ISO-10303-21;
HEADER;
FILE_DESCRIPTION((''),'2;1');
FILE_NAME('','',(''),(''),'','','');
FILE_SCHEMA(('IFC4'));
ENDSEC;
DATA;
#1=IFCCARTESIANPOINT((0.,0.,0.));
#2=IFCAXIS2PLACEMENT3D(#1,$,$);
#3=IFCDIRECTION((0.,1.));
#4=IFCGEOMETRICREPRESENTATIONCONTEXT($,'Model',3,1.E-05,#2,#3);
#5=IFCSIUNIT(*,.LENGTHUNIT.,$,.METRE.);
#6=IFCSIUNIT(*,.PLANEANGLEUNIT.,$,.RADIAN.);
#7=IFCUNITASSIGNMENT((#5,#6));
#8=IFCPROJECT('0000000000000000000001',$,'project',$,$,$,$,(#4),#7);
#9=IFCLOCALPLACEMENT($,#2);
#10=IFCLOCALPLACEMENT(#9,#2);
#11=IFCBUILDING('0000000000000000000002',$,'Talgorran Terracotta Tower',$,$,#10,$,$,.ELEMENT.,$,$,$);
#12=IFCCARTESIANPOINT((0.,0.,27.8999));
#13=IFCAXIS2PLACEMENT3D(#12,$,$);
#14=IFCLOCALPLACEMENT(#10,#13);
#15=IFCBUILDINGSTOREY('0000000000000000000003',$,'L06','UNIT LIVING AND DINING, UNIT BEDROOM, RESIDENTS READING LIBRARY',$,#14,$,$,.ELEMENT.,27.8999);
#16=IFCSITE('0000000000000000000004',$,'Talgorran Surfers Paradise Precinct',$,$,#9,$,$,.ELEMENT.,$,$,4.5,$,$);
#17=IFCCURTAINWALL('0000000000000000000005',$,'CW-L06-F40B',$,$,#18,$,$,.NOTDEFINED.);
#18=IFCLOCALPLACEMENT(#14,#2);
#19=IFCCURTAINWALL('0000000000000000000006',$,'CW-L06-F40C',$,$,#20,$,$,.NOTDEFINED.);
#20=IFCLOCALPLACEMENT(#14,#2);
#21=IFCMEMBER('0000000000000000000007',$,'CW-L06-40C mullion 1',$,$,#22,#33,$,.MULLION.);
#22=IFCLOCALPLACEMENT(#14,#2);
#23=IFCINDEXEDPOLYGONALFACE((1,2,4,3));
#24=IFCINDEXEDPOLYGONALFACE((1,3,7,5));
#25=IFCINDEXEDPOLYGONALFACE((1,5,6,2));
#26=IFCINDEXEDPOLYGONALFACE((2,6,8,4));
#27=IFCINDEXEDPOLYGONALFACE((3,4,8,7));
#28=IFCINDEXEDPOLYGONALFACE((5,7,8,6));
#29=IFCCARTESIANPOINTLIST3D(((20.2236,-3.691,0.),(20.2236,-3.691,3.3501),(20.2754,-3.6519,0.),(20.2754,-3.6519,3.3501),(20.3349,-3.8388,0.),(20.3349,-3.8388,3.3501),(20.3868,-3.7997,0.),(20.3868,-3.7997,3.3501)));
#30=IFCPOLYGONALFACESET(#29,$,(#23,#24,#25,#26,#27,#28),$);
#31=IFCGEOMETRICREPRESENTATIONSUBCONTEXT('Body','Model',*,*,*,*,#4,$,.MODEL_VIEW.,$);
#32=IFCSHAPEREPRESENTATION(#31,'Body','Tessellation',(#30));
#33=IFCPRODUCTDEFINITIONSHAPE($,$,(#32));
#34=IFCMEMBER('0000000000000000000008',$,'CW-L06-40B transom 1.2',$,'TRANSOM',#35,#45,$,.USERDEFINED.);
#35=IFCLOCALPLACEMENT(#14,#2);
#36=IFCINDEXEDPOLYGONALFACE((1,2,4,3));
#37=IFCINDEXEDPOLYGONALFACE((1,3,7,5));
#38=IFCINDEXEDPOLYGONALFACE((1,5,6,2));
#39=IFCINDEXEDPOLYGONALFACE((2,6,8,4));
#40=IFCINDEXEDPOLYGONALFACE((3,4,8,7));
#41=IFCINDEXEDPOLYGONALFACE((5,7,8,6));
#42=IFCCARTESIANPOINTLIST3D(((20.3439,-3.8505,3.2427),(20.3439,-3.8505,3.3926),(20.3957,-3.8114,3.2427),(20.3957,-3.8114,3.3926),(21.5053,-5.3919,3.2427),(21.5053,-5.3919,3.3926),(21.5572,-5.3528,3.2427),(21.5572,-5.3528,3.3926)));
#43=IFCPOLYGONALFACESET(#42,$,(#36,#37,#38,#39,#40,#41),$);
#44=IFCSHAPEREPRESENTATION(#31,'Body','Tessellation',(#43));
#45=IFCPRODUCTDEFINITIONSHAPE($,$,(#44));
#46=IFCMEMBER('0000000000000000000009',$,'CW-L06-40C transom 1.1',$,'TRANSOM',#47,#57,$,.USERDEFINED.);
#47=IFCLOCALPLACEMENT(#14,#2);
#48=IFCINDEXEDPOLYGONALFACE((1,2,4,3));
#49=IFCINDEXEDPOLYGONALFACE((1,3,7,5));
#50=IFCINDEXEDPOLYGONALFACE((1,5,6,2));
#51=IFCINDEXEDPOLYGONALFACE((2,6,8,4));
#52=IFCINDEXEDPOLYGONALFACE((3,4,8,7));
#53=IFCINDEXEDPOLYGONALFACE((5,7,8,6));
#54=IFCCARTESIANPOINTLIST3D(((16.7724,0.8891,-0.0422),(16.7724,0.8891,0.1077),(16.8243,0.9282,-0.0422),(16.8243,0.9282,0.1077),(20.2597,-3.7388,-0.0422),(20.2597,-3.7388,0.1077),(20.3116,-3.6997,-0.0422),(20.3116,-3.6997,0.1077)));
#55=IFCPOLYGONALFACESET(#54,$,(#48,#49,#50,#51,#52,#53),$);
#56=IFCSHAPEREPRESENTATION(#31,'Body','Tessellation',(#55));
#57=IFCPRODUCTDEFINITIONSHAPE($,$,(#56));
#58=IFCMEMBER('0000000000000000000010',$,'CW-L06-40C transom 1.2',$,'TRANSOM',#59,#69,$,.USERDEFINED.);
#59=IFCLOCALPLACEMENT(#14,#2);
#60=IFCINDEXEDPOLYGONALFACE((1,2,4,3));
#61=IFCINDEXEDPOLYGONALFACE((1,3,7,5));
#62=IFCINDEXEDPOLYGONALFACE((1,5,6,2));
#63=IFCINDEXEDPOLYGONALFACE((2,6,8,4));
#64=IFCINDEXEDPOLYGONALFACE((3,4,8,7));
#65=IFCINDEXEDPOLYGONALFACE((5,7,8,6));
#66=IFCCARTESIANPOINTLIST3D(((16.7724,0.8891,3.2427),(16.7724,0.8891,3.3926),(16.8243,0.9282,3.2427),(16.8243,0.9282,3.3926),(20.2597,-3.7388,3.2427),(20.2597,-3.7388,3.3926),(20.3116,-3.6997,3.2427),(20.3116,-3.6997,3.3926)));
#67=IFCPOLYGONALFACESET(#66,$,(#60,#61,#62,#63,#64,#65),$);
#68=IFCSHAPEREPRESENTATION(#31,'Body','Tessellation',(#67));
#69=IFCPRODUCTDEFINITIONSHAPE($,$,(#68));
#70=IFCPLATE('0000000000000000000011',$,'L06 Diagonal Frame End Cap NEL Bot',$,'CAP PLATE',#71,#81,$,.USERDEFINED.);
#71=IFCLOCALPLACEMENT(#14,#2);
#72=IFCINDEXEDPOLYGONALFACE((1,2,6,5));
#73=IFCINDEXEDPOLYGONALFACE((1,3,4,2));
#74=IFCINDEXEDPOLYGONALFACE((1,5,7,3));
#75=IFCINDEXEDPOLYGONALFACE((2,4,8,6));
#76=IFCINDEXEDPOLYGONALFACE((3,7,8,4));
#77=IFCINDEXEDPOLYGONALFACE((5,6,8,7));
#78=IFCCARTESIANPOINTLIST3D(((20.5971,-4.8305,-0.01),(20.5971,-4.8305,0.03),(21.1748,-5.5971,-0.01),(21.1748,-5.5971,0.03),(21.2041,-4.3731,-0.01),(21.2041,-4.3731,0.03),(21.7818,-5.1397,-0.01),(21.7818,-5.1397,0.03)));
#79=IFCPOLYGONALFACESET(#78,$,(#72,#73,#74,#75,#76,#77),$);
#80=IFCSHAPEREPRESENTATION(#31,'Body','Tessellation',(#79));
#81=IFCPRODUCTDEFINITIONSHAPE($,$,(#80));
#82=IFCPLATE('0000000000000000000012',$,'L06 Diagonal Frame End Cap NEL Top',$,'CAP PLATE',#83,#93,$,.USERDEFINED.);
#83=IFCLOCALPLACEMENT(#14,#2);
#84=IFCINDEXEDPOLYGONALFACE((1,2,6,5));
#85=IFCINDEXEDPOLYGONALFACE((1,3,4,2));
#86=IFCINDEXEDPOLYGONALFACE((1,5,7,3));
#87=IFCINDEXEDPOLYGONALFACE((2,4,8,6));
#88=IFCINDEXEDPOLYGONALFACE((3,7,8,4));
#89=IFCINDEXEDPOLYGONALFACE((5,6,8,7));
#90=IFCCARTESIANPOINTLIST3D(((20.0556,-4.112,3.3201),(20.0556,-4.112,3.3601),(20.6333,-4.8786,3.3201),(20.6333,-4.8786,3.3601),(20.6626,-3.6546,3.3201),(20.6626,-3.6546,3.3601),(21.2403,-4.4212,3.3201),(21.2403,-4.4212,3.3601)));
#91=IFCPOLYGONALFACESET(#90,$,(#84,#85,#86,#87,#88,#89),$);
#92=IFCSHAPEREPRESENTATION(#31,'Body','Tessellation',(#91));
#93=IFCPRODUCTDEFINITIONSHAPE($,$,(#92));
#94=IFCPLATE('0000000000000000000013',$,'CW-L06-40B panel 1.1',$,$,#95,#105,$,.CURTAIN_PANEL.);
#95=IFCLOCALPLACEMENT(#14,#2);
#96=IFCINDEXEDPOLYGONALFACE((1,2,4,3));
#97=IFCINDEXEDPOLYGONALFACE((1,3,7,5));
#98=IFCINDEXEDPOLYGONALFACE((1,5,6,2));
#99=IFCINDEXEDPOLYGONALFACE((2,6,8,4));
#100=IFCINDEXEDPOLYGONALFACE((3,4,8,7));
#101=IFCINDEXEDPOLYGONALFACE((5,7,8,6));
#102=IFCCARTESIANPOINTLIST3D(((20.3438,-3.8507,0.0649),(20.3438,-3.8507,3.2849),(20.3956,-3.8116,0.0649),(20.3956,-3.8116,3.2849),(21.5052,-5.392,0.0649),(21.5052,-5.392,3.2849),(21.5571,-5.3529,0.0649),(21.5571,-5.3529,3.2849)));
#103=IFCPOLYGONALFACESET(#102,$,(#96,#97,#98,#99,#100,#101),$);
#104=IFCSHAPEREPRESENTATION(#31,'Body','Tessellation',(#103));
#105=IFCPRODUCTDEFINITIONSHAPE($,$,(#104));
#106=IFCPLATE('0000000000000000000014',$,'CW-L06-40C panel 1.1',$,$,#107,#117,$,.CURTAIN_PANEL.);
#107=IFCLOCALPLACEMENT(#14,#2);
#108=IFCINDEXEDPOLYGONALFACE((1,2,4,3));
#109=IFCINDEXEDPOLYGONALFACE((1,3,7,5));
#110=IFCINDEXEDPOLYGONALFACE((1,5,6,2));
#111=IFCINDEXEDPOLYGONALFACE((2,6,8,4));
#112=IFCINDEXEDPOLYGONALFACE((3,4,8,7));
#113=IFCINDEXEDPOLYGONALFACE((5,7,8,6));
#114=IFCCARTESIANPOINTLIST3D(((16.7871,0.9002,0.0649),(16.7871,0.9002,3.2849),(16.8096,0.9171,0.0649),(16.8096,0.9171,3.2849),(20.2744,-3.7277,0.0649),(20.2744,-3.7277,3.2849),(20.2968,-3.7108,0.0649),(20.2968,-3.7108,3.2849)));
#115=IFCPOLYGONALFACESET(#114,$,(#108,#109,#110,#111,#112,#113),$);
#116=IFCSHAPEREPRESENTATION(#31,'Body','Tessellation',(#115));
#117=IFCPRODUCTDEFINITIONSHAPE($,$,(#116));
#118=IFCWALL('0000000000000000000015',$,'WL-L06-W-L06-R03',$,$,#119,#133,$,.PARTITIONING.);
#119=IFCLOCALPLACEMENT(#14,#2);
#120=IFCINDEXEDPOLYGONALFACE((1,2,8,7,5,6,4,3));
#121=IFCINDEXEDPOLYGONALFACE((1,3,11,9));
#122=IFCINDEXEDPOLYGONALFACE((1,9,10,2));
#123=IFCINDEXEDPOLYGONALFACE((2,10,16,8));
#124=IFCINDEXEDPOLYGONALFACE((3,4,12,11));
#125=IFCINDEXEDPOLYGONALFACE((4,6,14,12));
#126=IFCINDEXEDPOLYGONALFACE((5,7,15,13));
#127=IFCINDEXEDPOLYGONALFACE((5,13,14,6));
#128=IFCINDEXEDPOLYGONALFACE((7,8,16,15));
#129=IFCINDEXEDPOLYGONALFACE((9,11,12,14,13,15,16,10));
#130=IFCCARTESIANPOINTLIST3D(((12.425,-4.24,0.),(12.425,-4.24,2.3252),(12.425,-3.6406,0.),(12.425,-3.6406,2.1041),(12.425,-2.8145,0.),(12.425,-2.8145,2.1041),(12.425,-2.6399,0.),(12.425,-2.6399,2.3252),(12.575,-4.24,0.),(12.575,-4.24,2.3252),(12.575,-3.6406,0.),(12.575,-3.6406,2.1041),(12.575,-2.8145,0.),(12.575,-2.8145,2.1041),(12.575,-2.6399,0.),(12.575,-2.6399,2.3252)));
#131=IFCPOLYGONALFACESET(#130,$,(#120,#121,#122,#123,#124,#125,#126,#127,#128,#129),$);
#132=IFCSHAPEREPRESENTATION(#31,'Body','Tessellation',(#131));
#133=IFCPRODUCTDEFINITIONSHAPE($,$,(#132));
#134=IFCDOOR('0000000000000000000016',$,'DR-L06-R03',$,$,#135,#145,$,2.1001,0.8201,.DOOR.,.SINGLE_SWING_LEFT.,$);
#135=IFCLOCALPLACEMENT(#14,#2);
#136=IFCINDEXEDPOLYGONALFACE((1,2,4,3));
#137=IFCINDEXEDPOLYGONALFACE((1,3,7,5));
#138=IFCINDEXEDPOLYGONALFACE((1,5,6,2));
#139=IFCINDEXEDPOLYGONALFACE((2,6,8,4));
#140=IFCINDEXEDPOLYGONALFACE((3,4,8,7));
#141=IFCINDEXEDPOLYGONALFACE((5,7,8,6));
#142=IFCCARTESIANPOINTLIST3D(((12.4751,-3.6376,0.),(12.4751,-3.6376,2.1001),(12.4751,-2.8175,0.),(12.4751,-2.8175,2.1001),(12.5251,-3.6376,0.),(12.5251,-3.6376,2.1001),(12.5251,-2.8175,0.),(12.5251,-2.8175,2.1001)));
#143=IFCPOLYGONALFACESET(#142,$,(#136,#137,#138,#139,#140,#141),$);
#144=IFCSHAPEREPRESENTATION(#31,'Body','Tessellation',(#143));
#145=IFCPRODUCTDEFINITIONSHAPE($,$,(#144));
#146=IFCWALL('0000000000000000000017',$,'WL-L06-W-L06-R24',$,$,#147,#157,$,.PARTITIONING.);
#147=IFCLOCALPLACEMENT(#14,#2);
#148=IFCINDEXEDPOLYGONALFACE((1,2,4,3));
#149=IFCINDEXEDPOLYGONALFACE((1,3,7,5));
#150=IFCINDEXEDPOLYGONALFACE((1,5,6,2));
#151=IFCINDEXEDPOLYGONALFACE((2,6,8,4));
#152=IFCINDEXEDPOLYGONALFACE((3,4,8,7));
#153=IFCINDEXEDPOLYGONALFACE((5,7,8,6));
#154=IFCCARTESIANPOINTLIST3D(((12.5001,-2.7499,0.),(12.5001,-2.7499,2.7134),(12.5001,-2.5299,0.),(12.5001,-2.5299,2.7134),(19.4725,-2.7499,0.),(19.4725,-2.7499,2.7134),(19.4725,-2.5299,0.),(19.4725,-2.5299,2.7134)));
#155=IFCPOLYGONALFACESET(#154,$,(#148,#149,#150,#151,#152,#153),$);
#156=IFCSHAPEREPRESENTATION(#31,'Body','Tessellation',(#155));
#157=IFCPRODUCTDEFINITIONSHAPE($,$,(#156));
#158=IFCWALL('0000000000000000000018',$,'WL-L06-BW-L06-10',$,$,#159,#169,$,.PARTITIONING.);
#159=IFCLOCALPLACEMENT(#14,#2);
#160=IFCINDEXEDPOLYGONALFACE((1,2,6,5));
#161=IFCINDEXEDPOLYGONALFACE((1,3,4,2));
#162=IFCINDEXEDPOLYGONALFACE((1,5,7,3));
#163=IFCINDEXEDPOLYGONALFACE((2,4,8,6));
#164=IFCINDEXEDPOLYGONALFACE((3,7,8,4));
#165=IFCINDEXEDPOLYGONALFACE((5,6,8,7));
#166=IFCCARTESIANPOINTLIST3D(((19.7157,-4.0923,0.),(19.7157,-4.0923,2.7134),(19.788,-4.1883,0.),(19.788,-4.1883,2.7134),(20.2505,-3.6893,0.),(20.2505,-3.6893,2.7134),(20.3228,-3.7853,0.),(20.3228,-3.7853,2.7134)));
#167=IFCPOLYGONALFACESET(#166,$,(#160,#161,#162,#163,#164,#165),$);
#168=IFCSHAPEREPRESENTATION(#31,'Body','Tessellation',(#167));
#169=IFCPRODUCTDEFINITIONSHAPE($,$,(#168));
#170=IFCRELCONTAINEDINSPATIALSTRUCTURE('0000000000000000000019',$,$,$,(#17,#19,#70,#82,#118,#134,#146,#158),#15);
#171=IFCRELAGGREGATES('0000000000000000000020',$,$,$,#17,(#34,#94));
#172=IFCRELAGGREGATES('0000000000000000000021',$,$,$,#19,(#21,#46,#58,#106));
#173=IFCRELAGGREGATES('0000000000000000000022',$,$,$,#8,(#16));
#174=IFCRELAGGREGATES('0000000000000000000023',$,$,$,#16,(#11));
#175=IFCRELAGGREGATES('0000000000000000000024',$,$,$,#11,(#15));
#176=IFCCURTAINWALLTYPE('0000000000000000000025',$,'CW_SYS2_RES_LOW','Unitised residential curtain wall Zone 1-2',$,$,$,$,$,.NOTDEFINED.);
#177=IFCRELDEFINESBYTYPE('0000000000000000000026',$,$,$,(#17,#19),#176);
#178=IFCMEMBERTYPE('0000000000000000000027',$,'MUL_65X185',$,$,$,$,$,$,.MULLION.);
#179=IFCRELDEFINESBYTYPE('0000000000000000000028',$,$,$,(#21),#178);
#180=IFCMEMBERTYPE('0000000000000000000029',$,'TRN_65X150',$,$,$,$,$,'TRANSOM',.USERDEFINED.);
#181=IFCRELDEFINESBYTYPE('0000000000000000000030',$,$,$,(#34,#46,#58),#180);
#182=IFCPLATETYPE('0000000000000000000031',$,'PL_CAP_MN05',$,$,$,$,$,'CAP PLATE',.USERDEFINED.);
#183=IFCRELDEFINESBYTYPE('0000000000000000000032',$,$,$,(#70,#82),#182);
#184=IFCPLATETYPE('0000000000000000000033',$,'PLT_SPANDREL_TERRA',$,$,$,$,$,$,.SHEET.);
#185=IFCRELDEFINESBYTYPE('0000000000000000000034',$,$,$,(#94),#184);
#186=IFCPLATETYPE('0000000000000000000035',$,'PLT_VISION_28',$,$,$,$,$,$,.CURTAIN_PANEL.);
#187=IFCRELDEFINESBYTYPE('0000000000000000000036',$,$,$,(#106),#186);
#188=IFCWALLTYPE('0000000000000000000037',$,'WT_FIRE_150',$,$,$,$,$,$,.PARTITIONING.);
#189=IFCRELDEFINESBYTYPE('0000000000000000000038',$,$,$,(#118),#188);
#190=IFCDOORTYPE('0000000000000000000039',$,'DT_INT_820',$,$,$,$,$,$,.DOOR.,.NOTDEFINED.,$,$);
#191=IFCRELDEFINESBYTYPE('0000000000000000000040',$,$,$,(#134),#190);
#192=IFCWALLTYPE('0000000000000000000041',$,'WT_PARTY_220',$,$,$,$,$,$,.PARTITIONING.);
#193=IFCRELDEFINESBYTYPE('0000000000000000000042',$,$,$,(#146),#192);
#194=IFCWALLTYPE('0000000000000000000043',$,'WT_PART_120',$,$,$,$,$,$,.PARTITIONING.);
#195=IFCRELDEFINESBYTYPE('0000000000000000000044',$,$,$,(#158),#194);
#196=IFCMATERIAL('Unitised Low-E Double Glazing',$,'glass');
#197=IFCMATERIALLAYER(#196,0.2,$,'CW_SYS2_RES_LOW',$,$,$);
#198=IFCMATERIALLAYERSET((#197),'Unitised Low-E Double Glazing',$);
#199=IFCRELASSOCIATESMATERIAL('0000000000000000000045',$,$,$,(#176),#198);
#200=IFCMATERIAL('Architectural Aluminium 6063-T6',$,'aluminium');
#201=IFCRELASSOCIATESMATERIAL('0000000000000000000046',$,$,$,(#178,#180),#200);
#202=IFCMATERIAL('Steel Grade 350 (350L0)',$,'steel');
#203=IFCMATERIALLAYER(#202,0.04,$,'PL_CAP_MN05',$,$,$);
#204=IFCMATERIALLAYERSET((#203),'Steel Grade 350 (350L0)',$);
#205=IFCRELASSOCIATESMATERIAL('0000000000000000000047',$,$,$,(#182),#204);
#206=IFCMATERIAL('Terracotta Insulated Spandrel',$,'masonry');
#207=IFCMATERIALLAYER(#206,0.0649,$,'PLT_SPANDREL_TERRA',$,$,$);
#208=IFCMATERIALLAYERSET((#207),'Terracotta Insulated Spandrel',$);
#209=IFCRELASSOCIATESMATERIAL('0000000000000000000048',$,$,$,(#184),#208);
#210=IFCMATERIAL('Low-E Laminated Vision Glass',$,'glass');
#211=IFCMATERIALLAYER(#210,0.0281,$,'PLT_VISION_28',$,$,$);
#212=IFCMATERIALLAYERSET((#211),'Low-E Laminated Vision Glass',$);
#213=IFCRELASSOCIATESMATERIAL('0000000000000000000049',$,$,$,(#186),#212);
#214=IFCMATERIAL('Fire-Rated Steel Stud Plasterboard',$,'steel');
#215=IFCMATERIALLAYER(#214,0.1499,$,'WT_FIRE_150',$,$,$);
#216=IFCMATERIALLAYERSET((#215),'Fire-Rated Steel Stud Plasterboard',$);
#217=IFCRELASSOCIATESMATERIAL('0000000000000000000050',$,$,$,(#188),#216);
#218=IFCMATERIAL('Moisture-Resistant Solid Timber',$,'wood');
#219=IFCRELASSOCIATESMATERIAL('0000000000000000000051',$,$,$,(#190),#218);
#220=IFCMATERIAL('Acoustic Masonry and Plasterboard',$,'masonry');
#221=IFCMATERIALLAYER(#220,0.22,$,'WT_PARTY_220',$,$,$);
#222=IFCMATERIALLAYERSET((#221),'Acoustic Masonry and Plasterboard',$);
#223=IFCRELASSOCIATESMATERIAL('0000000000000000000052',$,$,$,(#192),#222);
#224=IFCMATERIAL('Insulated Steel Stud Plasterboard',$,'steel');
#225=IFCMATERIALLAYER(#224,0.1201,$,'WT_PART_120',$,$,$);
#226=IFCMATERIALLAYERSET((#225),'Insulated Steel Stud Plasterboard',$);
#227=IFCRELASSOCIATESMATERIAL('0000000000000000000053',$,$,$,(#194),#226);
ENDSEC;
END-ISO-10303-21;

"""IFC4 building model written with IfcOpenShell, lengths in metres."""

from ifc_helpers import new_model, si_unit, direction, frame, frame_2d, origin, origin_2d, place, context, subcontext, project, spatial, rectangle, extrude, source, transform, mapped, material, layer, layer_set, material_profile, profile_set, type_object, type_shapes, element, fill, aggregate, save


model = new_model("IFC4")

# Units and contexts
model_context = context("Model", 3, precision=1e-05, world=origin(), true_north=direction((0.0, 1.0)))
body_context = subcontext(model_context, "Body", "Model", "MODEL_VIEW")
ifc_project = project(units=[si_unit("LENGTHUNIT", "METRE"), si_unit("PLANEANGLEUNIT", "RADIAN")], contexts=[model_context])

# Site, building, storey
site_placement = place(None, origin())
site = spatial("IfcSite", under=ifc_project, at=site_placement, Name="Talgorran Surfers Paradise Precinct", CompositionType="ELEMENT", RefElevation=4.5)
building_placement = place(site_placement, origin())
building = spatial("IfcBuilding", under=site, at=building_placement, Name="Talgorran Terracotta Tower", CompositionType="ELEMENT")
storey_placement = place(building_placement, frame((0.0, 0.0, 27.8999)))
storey = spatial("IfcBuildingStorey", under=building, at=storey_placement, Name="L06", Description="UNIT LIVING AND DINING, UNIT BEDROOM, RESIDENTS READING LIBRARY", CompositionType="ELEMENT", Elevation=27.8999)

# Shared definitions
ifc_material_1 = material(Name="Steel Grade 350 (350L0)", Category="steel")

# Curtain walls, member
ifc_material_2 = material(Name="Unitised Low-E Double Glazing", Category="glass")
ifc_layer_1 = layer(ifc_material_2, 0.2, Name="CW_SYS2_RES_LOW")
ifc_layer_set_1 = layer_set([ifc_layer_1], Name="Unitised Low-E Double Glazing")
curtain_wall_type = type_object("IfcCurtainWallType", Name="CW_SYS2_RES_LOW", Description="Unitised residential curtain wall Zone 1-2", PredefinedType="NOTDEFINED", material=ifc_layer_set_1)
curtain_wall_1_placement = place(storey_placement, origin())
curtain_wall_1 = element("IfcCurtainWall", 1, at=curtain_wall_1_placement, inside=storey, type_object=curtain_wall_type, Name="CW-L06-F40B", PredefinedType="NOTDEFINED")
ifc_material_3 = material(Name="Architectural Aluminium 6063-T6", Category="aluminium")
ifc_material_profile_1 = material_profile(ifc_material_3, rectangle(XDim=0.0649, YDim=0.1851, at=origin_2d()), Name="CWM65X185")
ifc_profile_set_1 = profile_set([ifc_material_profile_1], Name="Architectural Aluminium 6063-T6")
member_type_1 = type_object("IfcMemberType", Name="MUL_65X185", PredefinedType="MULLION", material=ifc_profile_set_1)
curtain_wall_2_placement = place(storey_placement, origin())
curtain_wall_2 = element("IfcCurtainWall", 2, at=curtain_wall_2_placement, inside=storey, type_object=curtain_wall_type, Name="CW-L06-F40C", PredefinedType="NOTDEFINED")
member_1_placement = place(storey_placement, frame((20.3052, -3.7454, 0.0), z_axis=(0.0, 0.0, 1.0), x_axis=(-0.798643, -0.601805, 0.0)))
member_1 = element("IfcMember", 3, at=member_1_placement, type_object=member_type_1, Name="CW-L06-40C mullion 1", PredefinedType="MULLION", context=body_context, shape_type="SweptSolid", body=[
    extrude(rectangle(XDim=0.0649, YDim=0.1851, at=origin_2d()), origin(), (0.0, 0.0, 1.0), 3.3501),
])

# Members
ifc_material_profile_2 = material_profile(ifc_material_3, rectangle(XDim=0.0649, YDim=0.1499, at=origin_2d()), Name="CWT65X150")
ifc_profile_set_2 = profile_set([ifc_material_profile_2], Name="Architectural Aluminium 6063-T6")
member_type_2 = type_object("IfcMemberType", Name="TRN_65X150", ElementType="TRANSOM", PredefinedType="USERDEFINED", material=ifc_profile_set_2)
member_2_placement = place(storey_placement, frame((21.5312, -5.3723, 3.3176), z_axis=(-0.6018, 0.798647, 0.0), x_axis=(-0.798647, -0.6018, 0.0)))
member_2 = element("IfcMember", 4, at=member_2_placement, type_object=member_type_2, Name="CW-L06-40B transom 1.2", ObjectType="TRANSOM", PredefinedType="USERDEFINED", context=body_context, shape_type="SweptSolid", body=[
    extrude(rectangle(XDim=0.0649, YDim=0.1499, at=origin_2d()), origin(), (0.0, 0.0, 1.0), 1.9299),
])
member_3_placement = place(storey_placement, frame((20.2856, -3.7192, 0.0327), z_axis=(-0.601805, 0.798643, 0.0), x_axis=(-0.798643, -0.601805, 0.0)))
member_3 = element("IfcMember", 5, at=member_3_placement, type_object=member_type_2, Name="CW-L06-40C transom 1.1", ObjectType="TRANSOM", PredefinedType="USERDEFINED", context=body_context, shape_type="SweptSolid", body=[
    extrude(rectangle(XDim=0.0649, YDim=0.1499, at=origin_2d()), origin(), (0.0, 0.0, 1.0), 5.7947),
])
member_4_placement = place(storey_placement, frame((20.2856, -3.7192, 3.3176), z_axis=(-0.601805, 0.798643, 0.0), x_axis=(-0.798643, -0.601805, 0.0)))
member_4 = element("IfcMember", 6, at=member_4_placement, type_object=member_type_2, Name="CW-L06-40C transom 1.2", ObjectType="TRANSOM", PredefinedType="USERDEFINED", context=body_context, shape_type="SweptSolid", body=[
    extrude(rectangle(XDim=0.0649, YDim=0.1499, at=origin_2d()), origin(), (0.0, 0.0, 1.0), 5.7947),
])

# Plates
ifc_layer_2 = layer(ifc_material_1, 0.04, Name="PL_CAP_MN05")
ifc_layer_set_2 = layer_set([ifc_layer_2], Name="Steel Grade 350 (350L0)")
plate_type_1 = type_object("IfcPlateType", Name="PL_CAP_MN05", ElementType="CAP PLATE", PredefinedType="USERDEFINED", material=ifc_layer_set_2)
for number, where, z_axis, x_axis, name in (
    (7, (21.1895, -4.9851, -0.01), (0.0, 0.0, 1.0), (-0.601815, 0.798636, 0.0), "L06 Diagonal Frame End Cap NEL Bot"),
    (8, (20.6479, -4.2666, 3.3201), (0.0, 0.0, 1.0), (-0.601815, 0.798636, 0.0), "L06 Diagonal Frame End Cap NEL Top"),
):
    element("IfcPlate", number, at=place(storey_placement, frame(where, z_axis=z_axis, x_axis=x_axis)), inside=storey, type_object=plate_type_1, Name=name, ObjectType="CAP PLATE", PredefinedType="USERDEFINED", context=body_context, shape_type="SweptSolid", body=[
        extrude(rectangle(XDim=0.96, YDim=0.76, at=origin_2d()), origin(), (0.0, 0.0, 1.0), 0.04),
    ])

# Plates
ifc_material_4 = material(Name="Terracotta Insulated Spandrel", Category="masonry")
ifc_layer_3 = layer(ifc_material_4, 0.0649, Name="PLT_SPANDREL_TERRA")
ifc_layer_set_3 = layer_set([ifc_layer_3], Name="Terracotta Insulated Spandrel")
plate_type_2 = type_object("IfcPlateType", Name="PLT_SPANDREL_TERRA", PredefinedType="SHEET", material=ifc_layer_set_3)
shared_shape_1 = source(origin(), body_context, "Body", "SweptSolid", [
    extrude(rectangle(XDim=1.9299, YDim=0.0649, at=origin_2d()), origin(), (0.0, 0.0, 1.0), 3.22),
])
type_shapes(plate_type_2, [shared_shape_1])
plate_1_placement = place(storey_placement, frame((20.9504, -4.6018, 0.0649), z_axis=(0.0, 0.0, 1.0), x_axis=(-0.601824, 0.798629, 0.0)))
plate_1 = element("IfcPlate", 9, at=plate_1_placement, type_object=plate_type_2, Name="CW-L06-40B panel 1.1", PredefinedType="CURTAIN_PANEL", context=body_context, shape_type="MappedRepresentation", body=[
    mapped(shared_shape_1, transform((0.0, 0.0, 0.0), scale=1.0)),
])
aggregate(curtain_wall_1, [member_2, plate_1])
ifc_material_5 = material(Name="Low-E Laminated Vision Glass", Category="glass")
ifc_layer_4 = layer(ifc_material_5, 0.0281, Name="PLT_VISION_28")
ifc_layer_set_4 = layer_set([ifc_layer_4], Name="Low-E Laminated Vision Glass")
plate_type_3 = type_object("IfcPlateType", Name="PLT_VISION_28", PredefinedType="CURTAIN_PANEL", material=ifc_layer_set_4)
shared_shape_2 = source(origin(), body_context, "Body", "SweptSolid", [
    extrude(rectangle(XDim=5.7947, YDim=0.0281, at=origin_2d()), origin(), (0.0, 0.0, 1.0), 3.22),
])
type_shapes(plate_type_3, [shared_shape_2])
plate_2_placement = place(storey_placement, frame((18.542, -1.4053, 0.0649), z_axis=(0.0, 0.0, 1.0), x_axis=(-0.601805, 0.798643, 0.0)))
plate_2 = element("IfcPlate", 10, at=plate_2_placement, type_object=plate_type_3, Name="CW-L06-40C panel 1.1", PredefinedType="CURTAIN_PANEL", context=body_context, shape_type="MappedRepresentation", body=[
    mapped(shared_shape_2, transform((0.0, 0.0, 0.0), scale=1.0)),
])
aggregate(curtain_wall_2, [member_1, member_3, member_4, plate_2])

# Wall, opening, door
ifc_material_6 = material(Name="Fire-Rated Steel Stud Plasterboard", Category="steel")
ifc_layer_5 = layer(ifc_material_6, 0.1499, Name="WT_FIRE_150")
ifc_layer_set_5 = layer_set([ifc_layer_5], Name="Fire-Rated Steel Stud Plasterboard")
wall_type_1 = type_object("IfcWallType", Name="WT_FIRE_150", PredefinedType="PARTITIONING", material=ifc_layer_set_5)
wall_1_placement = place(storey_placement, frame((12.5, -4.24, 0.0), z_axis=(0.0, 0.0, 1.0), x_axis=(0.0, 1.0, 0.0)))
wall_1 = element("IfcWall", 11, at=wall_1_placement, inside=storey, type_object=wall_type_1, Name="WL-L06-W-L06-R03", PredefinedType="PARTITIONING", context=body_context, shape_type="SweptSolid", body=[
    extrude(rectangle(XDim=1.6001, YDim=0.1499, at=frame_2d((0.8, 0.0))), origin(), (0.0, 0.0, 1.0), 2.3252),
])
opening_placement = place(wall_1_placement, frame((0.6023, 0.0, 0.0)))
opening = element("IfcOpeningElement", 12, at=opening_placement, cuts=wall_1, PredefinedType="OPENING", context=body_context, shape_type="SweptSolid", body=[
    extrude(rectangle(XDim=0.8261, YDim=2.1041, at=frame_2d((0.4102, 1.052))), frame((0.0, 0.085, 0.0), z_axis=(0.0, -1.0, 0.0), x_axis=(1.0, 0.0, 0.0)), (0.0, 0.0, 1.0), 0.1699),
])
ifc_material_7 = material(Name="Moisture-Resistant Solid Timber", Category="wood")
door_type = type_object("IfcDoorType", Name="DT_INT_820", OperationType="NOTDEFINED", PredefinedType="DOOR", material=ifc_material_7)
door_placement = place(opening_placement, origin())
door = element("IfcDoor", 13, at=door_placement, inside=storey, type_object=door_type, Name="DR-L06-R03", OperationType="SINGLE_SWING_LEFT", OverallHeight=2.1001, OverallWidth=0.8201, PredefinedType="DOOR", context=body_context, shape_type="SweptSolid", body=[
    extrude(rectangle(XDim=0.8201, YDim=2.1001, at=frame_2d((0.4102, 1.05))), frame((0.0, 0.0249, 0.0), z_axis=(0.0, -1.0, 0.0), x_axis=(1.0, 0.0, 0.0)), (0.0, 0.0, 1.0), 0.05),
])
fill(opening, door)

# Walls
ifc_material_8 = material(Name="Acoustic Masonry and Plasterboard", Category="masonry")
ifc_layer_6 = layer(ifc_material_8, 0.22, Name="WT_PARTY_220")
ifc_layer_set_6 = layer_set([ifc_layer_6], Name="Acoustic Masonry and Plasterboard")
wall_type_2 = type_object("IfcWallType", Name="WT_PARTY_220", PredefinedType="PARTITIONING", material=ifc_layer_set_6)
wall_2_placement = place(storey_placement, frame((12.5, -2.6399, 0.0), z_axis=(0.0, 0.0, 1.0), x_axis=(1.0, 0.0, 0.0)))
element("IfcWall", 14, at=wall_2_placement, inside=storey, type_object=wall_type_2, Name="WL-L06-W-L06-R24", PredefinedType="PARTITIONING", context=body_context, shape_type="SweptSolid", body=[
    extrude(rectangle(XDim=6.9724, YDim=0.22, at=frame_2d((3.4863, 0.0))), origin(), (0.0, 0.0, 1.0), 2.7134),
])
ifc_material_9 = material(Name="Insulated Steel Stud Plasterboard", Category="steel")
ifc_layer_7 = layer(ifc_material_9, 0.1201, Name="WT_PART_120")
ifc_layer_set_7 = layer_set([ifc_layer_7], Name="Insulated Steel Stud Plasterboard")
wall_type_3 = type_object("IfcWallType", Name="WT_PART_120", PredefinedType="PARTITIONING", material=ifc_layer_set_7)
wall_3_placement = place(storey_placement, frame((19.7517, -4.1404, 0.0), z_axis=(0.0, 0.0, 1.0), x_axis=(0.798642, 0.601806, 0.0)))
element("IfcWall", 15, at=wall_3_placement, inside=storey, type_object=wall_type_3, Name="WL-L06-BW-L06-10", PredefinedType="PARTITIONING", context=body_context, shape_type="SweptSolid", body=[
    extrude(rectangle(XDim=0.6697, YDim=0.1201, at=frame_2d((0.335, 0.0))), origin(), (0.0, 0.0, 1.0), 2.7134),
])

save(model, "model.ifc")
